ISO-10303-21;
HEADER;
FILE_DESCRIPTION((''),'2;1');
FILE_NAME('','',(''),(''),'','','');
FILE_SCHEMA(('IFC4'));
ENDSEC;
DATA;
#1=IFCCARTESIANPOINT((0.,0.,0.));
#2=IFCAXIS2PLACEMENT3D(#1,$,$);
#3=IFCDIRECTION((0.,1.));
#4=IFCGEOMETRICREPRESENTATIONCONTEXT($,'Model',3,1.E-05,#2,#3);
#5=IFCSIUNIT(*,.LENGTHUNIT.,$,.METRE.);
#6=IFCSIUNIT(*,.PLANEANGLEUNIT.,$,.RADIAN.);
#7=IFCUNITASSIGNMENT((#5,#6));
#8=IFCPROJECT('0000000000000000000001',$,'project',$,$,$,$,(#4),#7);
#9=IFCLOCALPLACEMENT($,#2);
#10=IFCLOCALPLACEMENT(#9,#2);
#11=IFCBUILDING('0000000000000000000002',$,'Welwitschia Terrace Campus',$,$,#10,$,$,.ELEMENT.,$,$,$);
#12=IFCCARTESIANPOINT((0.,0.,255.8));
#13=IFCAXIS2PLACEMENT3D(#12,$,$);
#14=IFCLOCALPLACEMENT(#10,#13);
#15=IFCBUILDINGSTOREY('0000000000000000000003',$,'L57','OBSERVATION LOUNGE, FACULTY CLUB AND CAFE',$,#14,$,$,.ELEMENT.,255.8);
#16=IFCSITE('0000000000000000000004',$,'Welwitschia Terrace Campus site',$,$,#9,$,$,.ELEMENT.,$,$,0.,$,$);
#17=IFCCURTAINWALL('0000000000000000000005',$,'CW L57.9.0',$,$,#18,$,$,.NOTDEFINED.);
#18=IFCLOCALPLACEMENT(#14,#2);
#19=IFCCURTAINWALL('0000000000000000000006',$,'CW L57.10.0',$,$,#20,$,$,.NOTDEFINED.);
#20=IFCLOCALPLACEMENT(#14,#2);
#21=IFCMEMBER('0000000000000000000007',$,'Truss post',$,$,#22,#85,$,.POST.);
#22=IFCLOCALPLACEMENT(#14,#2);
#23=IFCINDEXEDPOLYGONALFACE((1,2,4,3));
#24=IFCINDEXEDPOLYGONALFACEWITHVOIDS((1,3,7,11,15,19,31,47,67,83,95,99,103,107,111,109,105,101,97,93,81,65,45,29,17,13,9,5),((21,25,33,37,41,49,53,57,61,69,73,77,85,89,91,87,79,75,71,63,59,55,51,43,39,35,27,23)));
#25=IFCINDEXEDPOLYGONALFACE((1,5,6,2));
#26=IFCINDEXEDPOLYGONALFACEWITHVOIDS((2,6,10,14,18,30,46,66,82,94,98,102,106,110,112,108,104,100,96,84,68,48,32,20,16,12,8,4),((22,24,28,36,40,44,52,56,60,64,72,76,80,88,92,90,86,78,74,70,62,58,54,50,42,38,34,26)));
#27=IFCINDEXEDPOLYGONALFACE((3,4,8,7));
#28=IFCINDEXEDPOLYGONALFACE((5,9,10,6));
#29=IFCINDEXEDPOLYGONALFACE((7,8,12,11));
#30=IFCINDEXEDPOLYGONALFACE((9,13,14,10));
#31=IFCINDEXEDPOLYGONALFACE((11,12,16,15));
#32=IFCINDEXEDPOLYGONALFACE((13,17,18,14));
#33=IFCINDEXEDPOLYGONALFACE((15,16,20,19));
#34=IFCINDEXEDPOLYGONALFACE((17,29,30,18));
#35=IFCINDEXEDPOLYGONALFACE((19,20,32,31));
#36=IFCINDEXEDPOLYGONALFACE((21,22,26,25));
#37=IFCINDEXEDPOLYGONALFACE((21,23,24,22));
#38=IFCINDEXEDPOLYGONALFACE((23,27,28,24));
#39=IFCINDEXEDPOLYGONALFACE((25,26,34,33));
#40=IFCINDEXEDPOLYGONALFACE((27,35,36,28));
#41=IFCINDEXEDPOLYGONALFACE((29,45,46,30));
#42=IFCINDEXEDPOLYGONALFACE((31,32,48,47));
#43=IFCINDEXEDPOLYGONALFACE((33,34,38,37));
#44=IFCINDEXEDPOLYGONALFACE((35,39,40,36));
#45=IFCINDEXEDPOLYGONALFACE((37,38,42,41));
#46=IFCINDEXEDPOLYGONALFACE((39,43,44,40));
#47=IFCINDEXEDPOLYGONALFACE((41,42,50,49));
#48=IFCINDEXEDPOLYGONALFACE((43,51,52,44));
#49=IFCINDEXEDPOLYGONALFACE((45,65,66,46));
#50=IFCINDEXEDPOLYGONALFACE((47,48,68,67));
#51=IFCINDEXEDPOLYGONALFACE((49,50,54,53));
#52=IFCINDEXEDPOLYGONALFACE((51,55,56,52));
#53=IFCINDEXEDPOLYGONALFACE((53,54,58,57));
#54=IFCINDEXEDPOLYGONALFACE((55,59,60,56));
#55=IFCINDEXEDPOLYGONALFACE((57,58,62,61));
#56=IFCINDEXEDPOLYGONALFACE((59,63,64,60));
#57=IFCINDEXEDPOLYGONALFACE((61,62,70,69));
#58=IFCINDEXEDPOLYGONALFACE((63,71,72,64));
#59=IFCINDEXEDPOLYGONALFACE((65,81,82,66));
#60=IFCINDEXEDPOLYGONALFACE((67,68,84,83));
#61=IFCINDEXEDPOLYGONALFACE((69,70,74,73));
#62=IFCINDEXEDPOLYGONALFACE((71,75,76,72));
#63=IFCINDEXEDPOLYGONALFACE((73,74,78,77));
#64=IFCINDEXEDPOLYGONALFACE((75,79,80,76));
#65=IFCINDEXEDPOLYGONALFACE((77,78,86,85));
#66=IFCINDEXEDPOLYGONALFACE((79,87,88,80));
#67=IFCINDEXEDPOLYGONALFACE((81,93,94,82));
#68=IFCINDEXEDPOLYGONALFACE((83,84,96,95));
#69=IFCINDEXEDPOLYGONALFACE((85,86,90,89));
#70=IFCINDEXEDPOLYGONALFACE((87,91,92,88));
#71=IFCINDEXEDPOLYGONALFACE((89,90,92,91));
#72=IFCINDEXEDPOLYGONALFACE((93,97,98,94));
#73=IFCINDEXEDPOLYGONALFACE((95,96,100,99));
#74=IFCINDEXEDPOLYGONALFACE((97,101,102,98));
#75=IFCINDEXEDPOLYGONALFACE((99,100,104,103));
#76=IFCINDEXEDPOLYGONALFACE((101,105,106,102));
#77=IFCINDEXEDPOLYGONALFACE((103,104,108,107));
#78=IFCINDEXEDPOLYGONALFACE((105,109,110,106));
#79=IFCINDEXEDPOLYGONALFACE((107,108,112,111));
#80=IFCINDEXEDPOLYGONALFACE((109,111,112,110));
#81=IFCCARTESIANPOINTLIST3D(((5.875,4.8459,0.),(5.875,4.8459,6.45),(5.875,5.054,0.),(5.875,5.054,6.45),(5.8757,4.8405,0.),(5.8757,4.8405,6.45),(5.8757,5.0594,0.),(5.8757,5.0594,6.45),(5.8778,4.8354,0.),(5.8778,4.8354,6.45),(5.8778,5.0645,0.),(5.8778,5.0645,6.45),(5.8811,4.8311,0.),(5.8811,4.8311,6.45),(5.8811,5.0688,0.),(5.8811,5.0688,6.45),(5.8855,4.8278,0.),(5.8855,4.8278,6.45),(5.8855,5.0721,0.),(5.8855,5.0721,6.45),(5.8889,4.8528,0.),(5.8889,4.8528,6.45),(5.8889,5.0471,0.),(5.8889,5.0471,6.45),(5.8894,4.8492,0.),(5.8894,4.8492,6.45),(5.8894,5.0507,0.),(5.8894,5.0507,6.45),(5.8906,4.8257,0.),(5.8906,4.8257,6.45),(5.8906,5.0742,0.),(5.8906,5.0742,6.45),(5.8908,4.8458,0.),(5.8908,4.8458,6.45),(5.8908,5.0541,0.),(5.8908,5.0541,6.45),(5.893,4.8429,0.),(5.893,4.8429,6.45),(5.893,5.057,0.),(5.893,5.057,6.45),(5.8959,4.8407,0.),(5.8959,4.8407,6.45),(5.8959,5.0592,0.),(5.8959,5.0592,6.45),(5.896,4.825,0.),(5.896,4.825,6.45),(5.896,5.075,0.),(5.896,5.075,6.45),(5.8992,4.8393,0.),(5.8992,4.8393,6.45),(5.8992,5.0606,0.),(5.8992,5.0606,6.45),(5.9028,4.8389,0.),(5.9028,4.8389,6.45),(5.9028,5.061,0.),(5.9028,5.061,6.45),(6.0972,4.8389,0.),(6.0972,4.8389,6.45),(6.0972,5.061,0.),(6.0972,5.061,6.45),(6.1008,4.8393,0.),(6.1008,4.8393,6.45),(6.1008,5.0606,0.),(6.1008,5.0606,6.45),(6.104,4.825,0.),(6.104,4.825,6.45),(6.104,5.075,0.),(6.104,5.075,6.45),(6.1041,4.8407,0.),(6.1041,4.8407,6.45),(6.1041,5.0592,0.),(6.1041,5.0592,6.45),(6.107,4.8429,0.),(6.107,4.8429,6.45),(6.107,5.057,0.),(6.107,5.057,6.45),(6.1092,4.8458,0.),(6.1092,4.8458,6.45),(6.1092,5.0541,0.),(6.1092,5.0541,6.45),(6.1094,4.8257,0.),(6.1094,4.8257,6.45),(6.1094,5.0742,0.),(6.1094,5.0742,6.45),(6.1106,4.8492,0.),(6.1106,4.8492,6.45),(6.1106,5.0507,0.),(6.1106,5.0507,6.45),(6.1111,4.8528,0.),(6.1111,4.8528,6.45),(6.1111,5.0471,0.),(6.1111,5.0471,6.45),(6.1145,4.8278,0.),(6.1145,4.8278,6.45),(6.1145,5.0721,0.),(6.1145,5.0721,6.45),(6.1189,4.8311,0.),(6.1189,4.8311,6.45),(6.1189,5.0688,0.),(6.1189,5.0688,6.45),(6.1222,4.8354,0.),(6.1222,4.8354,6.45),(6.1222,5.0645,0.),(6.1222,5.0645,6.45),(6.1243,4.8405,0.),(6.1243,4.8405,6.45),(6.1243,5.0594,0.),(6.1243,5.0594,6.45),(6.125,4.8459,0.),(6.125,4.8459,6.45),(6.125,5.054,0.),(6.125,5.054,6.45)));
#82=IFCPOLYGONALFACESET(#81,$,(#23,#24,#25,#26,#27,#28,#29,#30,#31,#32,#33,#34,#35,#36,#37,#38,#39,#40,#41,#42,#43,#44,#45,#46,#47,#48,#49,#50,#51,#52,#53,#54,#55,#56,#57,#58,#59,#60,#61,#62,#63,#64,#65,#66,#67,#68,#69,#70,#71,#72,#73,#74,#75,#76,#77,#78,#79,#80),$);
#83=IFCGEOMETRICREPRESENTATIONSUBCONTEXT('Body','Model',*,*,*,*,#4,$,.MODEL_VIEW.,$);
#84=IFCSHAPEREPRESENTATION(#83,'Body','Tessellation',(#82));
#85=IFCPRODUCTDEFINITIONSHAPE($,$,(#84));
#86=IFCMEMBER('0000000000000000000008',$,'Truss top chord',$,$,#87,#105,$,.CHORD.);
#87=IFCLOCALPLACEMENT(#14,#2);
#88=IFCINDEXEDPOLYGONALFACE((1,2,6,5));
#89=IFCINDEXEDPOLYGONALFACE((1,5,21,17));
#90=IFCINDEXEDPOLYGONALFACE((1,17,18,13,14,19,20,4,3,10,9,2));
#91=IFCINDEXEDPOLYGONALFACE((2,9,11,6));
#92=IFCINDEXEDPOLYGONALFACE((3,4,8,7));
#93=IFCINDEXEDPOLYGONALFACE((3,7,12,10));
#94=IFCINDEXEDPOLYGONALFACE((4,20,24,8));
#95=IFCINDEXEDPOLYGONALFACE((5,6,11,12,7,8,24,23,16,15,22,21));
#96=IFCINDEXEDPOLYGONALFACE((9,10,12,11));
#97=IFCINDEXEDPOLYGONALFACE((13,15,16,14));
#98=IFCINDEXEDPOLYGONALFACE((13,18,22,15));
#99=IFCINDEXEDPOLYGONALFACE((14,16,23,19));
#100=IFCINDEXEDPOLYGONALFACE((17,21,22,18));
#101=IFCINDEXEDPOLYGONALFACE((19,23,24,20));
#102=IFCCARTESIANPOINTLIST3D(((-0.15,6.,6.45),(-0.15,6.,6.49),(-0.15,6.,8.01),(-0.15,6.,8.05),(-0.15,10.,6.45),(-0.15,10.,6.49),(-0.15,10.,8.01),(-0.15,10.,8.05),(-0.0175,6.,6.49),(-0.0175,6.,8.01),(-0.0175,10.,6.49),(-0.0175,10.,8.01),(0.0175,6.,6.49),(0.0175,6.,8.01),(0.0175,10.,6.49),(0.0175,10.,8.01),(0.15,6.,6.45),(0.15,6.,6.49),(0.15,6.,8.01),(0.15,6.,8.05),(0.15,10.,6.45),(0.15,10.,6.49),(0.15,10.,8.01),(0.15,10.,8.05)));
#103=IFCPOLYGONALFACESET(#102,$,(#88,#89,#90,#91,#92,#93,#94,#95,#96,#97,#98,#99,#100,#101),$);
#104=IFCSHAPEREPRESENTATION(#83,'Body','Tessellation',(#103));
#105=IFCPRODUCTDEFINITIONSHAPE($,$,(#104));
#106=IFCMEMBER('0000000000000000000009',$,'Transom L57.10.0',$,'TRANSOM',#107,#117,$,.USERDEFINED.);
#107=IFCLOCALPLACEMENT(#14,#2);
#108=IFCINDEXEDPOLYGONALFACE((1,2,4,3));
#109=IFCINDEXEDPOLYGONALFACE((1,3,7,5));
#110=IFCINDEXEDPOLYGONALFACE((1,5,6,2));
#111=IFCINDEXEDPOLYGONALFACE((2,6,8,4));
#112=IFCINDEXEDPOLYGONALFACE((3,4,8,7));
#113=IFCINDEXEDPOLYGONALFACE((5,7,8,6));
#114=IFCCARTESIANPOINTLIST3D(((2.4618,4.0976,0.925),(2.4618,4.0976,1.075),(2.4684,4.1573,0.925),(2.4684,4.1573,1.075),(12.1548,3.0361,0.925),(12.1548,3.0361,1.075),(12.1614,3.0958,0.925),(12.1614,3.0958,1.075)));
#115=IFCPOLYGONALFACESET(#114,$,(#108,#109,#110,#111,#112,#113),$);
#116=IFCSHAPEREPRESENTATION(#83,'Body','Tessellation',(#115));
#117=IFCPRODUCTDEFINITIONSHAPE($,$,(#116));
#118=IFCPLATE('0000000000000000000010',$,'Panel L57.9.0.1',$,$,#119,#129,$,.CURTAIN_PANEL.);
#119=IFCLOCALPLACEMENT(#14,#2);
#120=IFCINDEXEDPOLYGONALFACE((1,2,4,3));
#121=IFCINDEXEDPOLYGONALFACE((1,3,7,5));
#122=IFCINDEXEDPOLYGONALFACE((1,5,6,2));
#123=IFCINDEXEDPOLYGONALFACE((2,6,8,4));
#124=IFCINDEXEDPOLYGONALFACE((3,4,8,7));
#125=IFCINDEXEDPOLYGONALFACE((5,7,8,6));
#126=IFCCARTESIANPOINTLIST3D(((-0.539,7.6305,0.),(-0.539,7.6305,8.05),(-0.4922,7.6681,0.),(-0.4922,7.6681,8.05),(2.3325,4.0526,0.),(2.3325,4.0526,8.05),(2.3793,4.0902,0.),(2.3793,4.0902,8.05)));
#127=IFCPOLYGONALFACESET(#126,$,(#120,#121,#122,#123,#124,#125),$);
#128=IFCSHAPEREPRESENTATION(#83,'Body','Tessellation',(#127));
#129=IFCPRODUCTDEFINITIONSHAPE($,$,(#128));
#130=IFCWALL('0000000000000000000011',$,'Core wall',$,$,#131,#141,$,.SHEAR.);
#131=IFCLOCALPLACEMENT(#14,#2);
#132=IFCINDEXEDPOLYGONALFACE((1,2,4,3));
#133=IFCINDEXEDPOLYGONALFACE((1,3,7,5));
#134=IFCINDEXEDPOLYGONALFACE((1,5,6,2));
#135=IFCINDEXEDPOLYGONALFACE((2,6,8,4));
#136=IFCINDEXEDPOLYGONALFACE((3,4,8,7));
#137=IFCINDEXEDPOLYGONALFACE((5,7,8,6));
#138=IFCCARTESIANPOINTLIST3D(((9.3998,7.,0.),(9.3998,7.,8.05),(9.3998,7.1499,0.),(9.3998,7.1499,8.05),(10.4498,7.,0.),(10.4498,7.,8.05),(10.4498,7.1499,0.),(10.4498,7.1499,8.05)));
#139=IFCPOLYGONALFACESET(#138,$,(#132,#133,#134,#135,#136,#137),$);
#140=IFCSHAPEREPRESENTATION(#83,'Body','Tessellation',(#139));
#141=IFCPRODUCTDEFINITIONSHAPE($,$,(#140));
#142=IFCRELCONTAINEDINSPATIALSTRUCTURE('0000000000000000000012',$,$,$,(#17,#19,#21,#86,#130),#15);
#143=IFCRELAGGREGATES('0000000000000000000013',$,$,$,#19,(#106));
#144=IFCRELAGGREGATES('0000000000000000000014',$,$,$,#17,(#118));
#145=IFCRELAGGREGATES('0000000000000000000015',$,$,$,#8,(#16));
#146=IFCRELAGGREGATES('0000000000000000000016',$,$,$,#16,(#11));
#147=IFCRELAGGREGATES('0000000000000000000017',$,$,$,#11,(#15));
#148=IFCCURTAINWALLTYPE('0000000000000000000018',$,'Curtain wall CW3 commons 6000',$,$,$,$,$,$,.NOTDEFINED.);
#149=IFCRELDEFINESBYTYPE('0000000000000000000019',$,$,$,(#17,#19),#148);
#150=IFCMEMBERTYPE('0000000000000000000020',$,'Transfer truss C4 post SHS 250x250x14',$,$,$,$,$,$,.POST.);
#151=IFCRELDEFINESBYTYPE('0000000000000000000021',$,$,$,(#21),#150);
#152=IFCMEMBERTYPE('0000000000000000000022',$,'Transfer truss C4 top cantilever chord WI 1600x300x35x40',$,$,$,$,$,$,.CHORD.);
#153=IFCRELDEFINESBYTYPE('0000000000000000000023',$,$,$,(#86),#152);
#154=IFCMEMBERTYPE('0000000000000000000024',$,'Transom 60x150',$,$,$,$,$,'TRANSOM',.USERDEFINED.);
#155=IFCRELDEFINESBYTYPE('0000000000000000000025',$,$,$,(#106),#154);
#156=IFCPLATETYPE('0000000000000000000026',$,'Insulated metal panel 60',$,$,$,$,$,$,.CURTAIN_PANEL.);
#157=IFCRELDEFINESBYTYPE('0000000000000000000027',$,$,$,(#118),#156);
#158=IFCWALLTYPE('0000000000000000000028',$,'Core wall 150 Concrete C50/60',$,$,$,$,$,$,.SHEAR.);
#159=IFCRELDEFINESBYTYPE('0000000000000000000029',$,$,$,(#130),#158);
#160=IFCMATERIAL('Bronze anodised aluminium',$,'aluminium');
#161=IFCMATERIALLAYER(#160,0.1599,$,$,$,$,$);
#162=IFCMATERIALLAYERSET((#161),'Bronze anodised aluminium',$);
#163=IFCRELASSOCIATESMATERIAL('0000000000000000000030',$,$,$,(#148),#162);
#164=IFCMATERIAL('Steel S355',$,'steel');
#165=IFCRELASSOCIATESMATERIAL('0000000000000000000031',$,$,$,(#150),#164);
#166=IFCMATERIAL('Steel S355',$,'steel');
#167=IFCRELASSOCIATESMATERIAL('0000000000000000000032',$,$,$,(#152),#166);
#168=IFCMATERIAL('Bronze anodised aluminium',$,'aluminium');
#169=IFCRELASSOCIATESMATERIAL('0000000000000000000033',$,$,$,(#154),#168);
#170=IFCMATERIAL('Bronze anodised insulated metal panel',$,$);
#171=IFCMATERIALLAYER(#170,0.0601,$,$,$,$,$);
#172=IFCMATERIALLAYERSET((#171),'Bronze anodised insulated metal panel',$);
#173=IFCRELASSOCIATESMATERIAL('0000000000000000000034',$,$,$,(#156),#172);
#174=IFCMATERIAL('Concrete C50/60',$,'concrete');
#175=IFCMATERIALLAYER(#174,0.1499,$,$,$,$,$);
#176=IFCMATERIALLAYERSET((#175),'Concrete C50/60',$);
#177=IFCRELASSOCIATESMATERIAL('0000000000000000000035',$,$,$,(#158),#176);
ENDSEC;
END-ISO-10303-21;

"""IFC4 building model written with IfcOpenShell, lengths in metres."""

from ifc_helpers import new_model, si_unit, direction, frame, frame_2d, origin, origin_2d, place, context, subcontext, project, spatial, rectangle, hollow_rectangle, i_section, extrude, material, layer, layer_set, material_profile, profile_set, type_object, element, aggregate, save


model = new_model("IFC4")

# Units and contexts
model_context = context("Model", 3, precision=1e-05, world=origin(), true_north=direction((0.0, 1.0)))
body_context = subcontext(model_context, "Body", "Model", "MODEL_VIEW")
ifc_project = project(units=[si_unit("LENGTHUNIT", "METRE"), si_unit("PLANEANGLEUNIT", "RADIAN")], contexts=[model_context])

# Site, building, storey
site_placement = place(None, origin())
site = spatial("IfcSite", under=ifc_project, at=site_placement, Name="Welwitschia Terrace Campus site", CompositionType="ELEMENT", RefElevation=0.0)
building_placement = place(site_placement, origin())
building = spatial("IfcBuilding", under=site, at=building_placement, Name="Welwitschia Terrace Campus", CompositionType="ELEMENT")
storey_placement = place(building_placement, frame((0.0, 0.0, 255.8)))
storey = spatial("IfcBuildingStorey", under=building, at=storey_placement, Name="L57", Description="OBSERVATION LOUNGE, FACULTY CLUB AND CAFE", CompositionType="ELEMENT", Elevation=255.8)

# Curtain wall
ifc_material_1 = material(Name="Bronze anodised aluminium", Category="aluminium")
ifc_layer_1 = layer(ifc_material_1, 0.1599)
ifc_layer_set_1 = layer_set([ifc_layer_1], Name="Bronze anodised aluminium")
curtain_wall_type = type_object("IfcCurtainWallType", Name="Curtain wall CW3 commons 6000", PredefinedType="NOTDEFINED", material=ifc_layer_set_1)
curtain_wall_1_placement = place(storey_placement, origin())
curtain_wall_1 = element("IfcCurtainWall", 1, at=curtain_wall_1_placement, inside=storey, type_object=curtain_wall_type, Name="CW L57.9.0", PredefinedType="NOTDEFINED")

# Curtain wall
curtain_wall_2_placement = place(storey_placement, origin())
curtain_wall_2 = element("IfcCurtainWall", 2, at=curtain_wall_2_placement, inside=storey, type_object=curtain_wall_type, Name="CW L57.10.0", PredefinedType="NOTDEFINED")

# Members
ifc_material_2 = material(Name="Steel S355", Category="steel")
ifc_material_profile_1 = material_profile(ifc_material_2, hollow_rectangle(XDim=0.25, YDim=0.25, WallThickness=0.0139, InnerFilletRadius=0.0139, OuterFilletRadius=0.021, at=origin_2d()))
ifc_profile_set_1 = profile_set([ifc_material_profile_1], Name="Steel S355")
member_type_1 = type_object("IfcMemberType", Name="Transfer truss C4 post SHS 250x250x14", PredefinedType="POST", material=ifc_profile_set_1)
for number, where, z_axis, x_axis, name in (
    (3, (6.0, 4.95, 0.0), (0.0, 0.0, 1.0), (1.0, 0.0, 0.0), "Truss post"),
):
    element("IfcMember", number, at=place(storey_placement, frame(where, z_axis=z_axis, x_axis=x_axis)), inside=storey, type_object=member_type_1, Name=name, PredefinedType="POST", context=body_context, shape_type="SweptSolid", body=[
        extrude(hollow_rectangle(XDim=0.25, YDim=0.25, WallThickness=0.0139, InnerFilletRadius=0.0139, OuterFilletRadius=0.021, at=origin_2d()), origin(), (0.0, 0.0, 1.0), 6.45),
    ])
ifc_material_3 = material(Name="Steel S355", Category="steel")
ifc_material_profile_2 = material_profile(ifc_material_3, i_section(OverallWidth=0.3, OverallDepth=1.6001, WebThickness=0.0349, FlangeThickness=0.04, at=origin_2d()))
ifc_profile_set_2 = profile_set([ifc_material_profile_2], Name="Steel S355")
member_type_2 = type_object("IfcMemberType", Name="Transfer truss C4 top cantilever chord WI 1600x300x35x40", PredefinedType="CHORD", material=ifc_profile_set_2)
member_1_placement = place(storey_placement, frame((0.0, 6.0, 7.25), z_axis=(0.0, 1.0, 0.0), x_axis=(-1.0, 0.0, 0.0)))
element("IfcMember", 4, at=member_1_placement, inside=storey, type_object=member_type_2, Name="Truss top chord", PredefinedType="CHORD", context=body_context, shape_type="SweptSolid", body=[
    extrude(i_section(OverallWidth=0.3, OverallDepth=1.6001, WebThickness=0.0349, FlangeThickness=0.04, at=origin_2d()), origin(), (0.0, 0.0, 1.0), 4.0),
])

# Member
ifc_material_4 = material(Name="Bronze anodised aluminium", Category="aluminium")
ifc_material_profile_3 = material_profile(ifc_material_4, rectangle(XDim=0.0601, YDim=0.1499, at=origin_2d()))
ifc_profile_set_3 = profile_set([ifc_material_profile_3], Name="Bronze anodised aluminium")
member_type_3 = type_object("IfcMemberType", Name="Transom 60x150", ElementType="TRANSOM", PredefinedType="USERDEFINED", material=ifc_profile_set_3)
member_2_placement = place(storey_placement, frame((2.4651, 4.1274, 1.0), z_axis=(0.994057, -0.108862, 0.0), x_axis=(0.108862, 0.994057, 0.0)))
member_2 = element("IfcMember", 5, at=member_2_placement, type_object=member_type_3, Name="Transom L57.10.0", ObjectType="TRANSOM", PredefinedType="USERDEFINED", context=body_context, shape_type="SweptSolid", body=[
    extrude(rectangle(XDim=0.0601, YDim=0.1499, at=origin_2d()), origin(), (0.0, 0.0, 1.0), 9.751),
])
aggregate(curtain_wall_2, [member_2])

# Plate
ifc_material_5 = material(Name="Bronze anodised insulated metal panel")
ifc_layer_2 = layer(ifc_material_5, 0.0601)
ifc_layer_set_2 = layer_set([ifc_layer_2], Name="Bronze anodised insulated metal panel")
plate_type = type_object("IfcPlateType", Name="Insulated metal panel 60", PredefinedType="CURTAIN_PANEL", material=ifc_layer_set_2)
plate_placement = place(storey_placement, frame((0.9202, 5.8604, 0.0), z_axis=(0.0, 0.0, 1.0), x_axis=(0.625923, -0.779884, 0.0)))
plate = element("IfcPlate", 6, at=plate_placement, type_object=plate_type, Name="Panel L57.9.0.1", PredefinedType="CURTAIN_PANEL", context=body_context, shape_type="SweptSolid", body=[
    extrude(rectangle(XDim=4.5876, YDim=0.0601, at=origin_2d()), origin(), (0.0, 0.0, 1.0), 8.05),
])
aggregate(curtain_wall_1, [plate])

# Wall
ifc_material_6 = material(Name="Concrete C50/60", Category="concrete")
ifc_layer_3 = layer(ifc_material_6, 0.1499)
ifc_layer_set_3 = layer_set([ifc_layer_3], Name="Concrete C50/60")
wall_type_1 = type_object("IfcWallType", Name="Core wall 150 Concrete C50/60", PredefinedType="SHEAR", material=ifc_layer_set_3)
wall_1_placement = place(storey_placement, frame((9.3999, 7.075, 0.0), z_axis=(0.0, 0.0, 1.0), x_axis=(1.0, 0.0, 0.0)))
element("IfcWall", 7, at=wall_1_placement, inside=storey, type_object=wall_type_1, Name="Core wall", PredefinedType="SHEAR", context=body_context, shape_type="SweptSolid", body=[
    extrude(rectangle(XDim=1.05, YDim=0.1499, at=frame_2d((0.5249, 0.0))), origin(), (0.0, 0.0, 1.0), 8.05),
])

save(model, "model.ifc")
